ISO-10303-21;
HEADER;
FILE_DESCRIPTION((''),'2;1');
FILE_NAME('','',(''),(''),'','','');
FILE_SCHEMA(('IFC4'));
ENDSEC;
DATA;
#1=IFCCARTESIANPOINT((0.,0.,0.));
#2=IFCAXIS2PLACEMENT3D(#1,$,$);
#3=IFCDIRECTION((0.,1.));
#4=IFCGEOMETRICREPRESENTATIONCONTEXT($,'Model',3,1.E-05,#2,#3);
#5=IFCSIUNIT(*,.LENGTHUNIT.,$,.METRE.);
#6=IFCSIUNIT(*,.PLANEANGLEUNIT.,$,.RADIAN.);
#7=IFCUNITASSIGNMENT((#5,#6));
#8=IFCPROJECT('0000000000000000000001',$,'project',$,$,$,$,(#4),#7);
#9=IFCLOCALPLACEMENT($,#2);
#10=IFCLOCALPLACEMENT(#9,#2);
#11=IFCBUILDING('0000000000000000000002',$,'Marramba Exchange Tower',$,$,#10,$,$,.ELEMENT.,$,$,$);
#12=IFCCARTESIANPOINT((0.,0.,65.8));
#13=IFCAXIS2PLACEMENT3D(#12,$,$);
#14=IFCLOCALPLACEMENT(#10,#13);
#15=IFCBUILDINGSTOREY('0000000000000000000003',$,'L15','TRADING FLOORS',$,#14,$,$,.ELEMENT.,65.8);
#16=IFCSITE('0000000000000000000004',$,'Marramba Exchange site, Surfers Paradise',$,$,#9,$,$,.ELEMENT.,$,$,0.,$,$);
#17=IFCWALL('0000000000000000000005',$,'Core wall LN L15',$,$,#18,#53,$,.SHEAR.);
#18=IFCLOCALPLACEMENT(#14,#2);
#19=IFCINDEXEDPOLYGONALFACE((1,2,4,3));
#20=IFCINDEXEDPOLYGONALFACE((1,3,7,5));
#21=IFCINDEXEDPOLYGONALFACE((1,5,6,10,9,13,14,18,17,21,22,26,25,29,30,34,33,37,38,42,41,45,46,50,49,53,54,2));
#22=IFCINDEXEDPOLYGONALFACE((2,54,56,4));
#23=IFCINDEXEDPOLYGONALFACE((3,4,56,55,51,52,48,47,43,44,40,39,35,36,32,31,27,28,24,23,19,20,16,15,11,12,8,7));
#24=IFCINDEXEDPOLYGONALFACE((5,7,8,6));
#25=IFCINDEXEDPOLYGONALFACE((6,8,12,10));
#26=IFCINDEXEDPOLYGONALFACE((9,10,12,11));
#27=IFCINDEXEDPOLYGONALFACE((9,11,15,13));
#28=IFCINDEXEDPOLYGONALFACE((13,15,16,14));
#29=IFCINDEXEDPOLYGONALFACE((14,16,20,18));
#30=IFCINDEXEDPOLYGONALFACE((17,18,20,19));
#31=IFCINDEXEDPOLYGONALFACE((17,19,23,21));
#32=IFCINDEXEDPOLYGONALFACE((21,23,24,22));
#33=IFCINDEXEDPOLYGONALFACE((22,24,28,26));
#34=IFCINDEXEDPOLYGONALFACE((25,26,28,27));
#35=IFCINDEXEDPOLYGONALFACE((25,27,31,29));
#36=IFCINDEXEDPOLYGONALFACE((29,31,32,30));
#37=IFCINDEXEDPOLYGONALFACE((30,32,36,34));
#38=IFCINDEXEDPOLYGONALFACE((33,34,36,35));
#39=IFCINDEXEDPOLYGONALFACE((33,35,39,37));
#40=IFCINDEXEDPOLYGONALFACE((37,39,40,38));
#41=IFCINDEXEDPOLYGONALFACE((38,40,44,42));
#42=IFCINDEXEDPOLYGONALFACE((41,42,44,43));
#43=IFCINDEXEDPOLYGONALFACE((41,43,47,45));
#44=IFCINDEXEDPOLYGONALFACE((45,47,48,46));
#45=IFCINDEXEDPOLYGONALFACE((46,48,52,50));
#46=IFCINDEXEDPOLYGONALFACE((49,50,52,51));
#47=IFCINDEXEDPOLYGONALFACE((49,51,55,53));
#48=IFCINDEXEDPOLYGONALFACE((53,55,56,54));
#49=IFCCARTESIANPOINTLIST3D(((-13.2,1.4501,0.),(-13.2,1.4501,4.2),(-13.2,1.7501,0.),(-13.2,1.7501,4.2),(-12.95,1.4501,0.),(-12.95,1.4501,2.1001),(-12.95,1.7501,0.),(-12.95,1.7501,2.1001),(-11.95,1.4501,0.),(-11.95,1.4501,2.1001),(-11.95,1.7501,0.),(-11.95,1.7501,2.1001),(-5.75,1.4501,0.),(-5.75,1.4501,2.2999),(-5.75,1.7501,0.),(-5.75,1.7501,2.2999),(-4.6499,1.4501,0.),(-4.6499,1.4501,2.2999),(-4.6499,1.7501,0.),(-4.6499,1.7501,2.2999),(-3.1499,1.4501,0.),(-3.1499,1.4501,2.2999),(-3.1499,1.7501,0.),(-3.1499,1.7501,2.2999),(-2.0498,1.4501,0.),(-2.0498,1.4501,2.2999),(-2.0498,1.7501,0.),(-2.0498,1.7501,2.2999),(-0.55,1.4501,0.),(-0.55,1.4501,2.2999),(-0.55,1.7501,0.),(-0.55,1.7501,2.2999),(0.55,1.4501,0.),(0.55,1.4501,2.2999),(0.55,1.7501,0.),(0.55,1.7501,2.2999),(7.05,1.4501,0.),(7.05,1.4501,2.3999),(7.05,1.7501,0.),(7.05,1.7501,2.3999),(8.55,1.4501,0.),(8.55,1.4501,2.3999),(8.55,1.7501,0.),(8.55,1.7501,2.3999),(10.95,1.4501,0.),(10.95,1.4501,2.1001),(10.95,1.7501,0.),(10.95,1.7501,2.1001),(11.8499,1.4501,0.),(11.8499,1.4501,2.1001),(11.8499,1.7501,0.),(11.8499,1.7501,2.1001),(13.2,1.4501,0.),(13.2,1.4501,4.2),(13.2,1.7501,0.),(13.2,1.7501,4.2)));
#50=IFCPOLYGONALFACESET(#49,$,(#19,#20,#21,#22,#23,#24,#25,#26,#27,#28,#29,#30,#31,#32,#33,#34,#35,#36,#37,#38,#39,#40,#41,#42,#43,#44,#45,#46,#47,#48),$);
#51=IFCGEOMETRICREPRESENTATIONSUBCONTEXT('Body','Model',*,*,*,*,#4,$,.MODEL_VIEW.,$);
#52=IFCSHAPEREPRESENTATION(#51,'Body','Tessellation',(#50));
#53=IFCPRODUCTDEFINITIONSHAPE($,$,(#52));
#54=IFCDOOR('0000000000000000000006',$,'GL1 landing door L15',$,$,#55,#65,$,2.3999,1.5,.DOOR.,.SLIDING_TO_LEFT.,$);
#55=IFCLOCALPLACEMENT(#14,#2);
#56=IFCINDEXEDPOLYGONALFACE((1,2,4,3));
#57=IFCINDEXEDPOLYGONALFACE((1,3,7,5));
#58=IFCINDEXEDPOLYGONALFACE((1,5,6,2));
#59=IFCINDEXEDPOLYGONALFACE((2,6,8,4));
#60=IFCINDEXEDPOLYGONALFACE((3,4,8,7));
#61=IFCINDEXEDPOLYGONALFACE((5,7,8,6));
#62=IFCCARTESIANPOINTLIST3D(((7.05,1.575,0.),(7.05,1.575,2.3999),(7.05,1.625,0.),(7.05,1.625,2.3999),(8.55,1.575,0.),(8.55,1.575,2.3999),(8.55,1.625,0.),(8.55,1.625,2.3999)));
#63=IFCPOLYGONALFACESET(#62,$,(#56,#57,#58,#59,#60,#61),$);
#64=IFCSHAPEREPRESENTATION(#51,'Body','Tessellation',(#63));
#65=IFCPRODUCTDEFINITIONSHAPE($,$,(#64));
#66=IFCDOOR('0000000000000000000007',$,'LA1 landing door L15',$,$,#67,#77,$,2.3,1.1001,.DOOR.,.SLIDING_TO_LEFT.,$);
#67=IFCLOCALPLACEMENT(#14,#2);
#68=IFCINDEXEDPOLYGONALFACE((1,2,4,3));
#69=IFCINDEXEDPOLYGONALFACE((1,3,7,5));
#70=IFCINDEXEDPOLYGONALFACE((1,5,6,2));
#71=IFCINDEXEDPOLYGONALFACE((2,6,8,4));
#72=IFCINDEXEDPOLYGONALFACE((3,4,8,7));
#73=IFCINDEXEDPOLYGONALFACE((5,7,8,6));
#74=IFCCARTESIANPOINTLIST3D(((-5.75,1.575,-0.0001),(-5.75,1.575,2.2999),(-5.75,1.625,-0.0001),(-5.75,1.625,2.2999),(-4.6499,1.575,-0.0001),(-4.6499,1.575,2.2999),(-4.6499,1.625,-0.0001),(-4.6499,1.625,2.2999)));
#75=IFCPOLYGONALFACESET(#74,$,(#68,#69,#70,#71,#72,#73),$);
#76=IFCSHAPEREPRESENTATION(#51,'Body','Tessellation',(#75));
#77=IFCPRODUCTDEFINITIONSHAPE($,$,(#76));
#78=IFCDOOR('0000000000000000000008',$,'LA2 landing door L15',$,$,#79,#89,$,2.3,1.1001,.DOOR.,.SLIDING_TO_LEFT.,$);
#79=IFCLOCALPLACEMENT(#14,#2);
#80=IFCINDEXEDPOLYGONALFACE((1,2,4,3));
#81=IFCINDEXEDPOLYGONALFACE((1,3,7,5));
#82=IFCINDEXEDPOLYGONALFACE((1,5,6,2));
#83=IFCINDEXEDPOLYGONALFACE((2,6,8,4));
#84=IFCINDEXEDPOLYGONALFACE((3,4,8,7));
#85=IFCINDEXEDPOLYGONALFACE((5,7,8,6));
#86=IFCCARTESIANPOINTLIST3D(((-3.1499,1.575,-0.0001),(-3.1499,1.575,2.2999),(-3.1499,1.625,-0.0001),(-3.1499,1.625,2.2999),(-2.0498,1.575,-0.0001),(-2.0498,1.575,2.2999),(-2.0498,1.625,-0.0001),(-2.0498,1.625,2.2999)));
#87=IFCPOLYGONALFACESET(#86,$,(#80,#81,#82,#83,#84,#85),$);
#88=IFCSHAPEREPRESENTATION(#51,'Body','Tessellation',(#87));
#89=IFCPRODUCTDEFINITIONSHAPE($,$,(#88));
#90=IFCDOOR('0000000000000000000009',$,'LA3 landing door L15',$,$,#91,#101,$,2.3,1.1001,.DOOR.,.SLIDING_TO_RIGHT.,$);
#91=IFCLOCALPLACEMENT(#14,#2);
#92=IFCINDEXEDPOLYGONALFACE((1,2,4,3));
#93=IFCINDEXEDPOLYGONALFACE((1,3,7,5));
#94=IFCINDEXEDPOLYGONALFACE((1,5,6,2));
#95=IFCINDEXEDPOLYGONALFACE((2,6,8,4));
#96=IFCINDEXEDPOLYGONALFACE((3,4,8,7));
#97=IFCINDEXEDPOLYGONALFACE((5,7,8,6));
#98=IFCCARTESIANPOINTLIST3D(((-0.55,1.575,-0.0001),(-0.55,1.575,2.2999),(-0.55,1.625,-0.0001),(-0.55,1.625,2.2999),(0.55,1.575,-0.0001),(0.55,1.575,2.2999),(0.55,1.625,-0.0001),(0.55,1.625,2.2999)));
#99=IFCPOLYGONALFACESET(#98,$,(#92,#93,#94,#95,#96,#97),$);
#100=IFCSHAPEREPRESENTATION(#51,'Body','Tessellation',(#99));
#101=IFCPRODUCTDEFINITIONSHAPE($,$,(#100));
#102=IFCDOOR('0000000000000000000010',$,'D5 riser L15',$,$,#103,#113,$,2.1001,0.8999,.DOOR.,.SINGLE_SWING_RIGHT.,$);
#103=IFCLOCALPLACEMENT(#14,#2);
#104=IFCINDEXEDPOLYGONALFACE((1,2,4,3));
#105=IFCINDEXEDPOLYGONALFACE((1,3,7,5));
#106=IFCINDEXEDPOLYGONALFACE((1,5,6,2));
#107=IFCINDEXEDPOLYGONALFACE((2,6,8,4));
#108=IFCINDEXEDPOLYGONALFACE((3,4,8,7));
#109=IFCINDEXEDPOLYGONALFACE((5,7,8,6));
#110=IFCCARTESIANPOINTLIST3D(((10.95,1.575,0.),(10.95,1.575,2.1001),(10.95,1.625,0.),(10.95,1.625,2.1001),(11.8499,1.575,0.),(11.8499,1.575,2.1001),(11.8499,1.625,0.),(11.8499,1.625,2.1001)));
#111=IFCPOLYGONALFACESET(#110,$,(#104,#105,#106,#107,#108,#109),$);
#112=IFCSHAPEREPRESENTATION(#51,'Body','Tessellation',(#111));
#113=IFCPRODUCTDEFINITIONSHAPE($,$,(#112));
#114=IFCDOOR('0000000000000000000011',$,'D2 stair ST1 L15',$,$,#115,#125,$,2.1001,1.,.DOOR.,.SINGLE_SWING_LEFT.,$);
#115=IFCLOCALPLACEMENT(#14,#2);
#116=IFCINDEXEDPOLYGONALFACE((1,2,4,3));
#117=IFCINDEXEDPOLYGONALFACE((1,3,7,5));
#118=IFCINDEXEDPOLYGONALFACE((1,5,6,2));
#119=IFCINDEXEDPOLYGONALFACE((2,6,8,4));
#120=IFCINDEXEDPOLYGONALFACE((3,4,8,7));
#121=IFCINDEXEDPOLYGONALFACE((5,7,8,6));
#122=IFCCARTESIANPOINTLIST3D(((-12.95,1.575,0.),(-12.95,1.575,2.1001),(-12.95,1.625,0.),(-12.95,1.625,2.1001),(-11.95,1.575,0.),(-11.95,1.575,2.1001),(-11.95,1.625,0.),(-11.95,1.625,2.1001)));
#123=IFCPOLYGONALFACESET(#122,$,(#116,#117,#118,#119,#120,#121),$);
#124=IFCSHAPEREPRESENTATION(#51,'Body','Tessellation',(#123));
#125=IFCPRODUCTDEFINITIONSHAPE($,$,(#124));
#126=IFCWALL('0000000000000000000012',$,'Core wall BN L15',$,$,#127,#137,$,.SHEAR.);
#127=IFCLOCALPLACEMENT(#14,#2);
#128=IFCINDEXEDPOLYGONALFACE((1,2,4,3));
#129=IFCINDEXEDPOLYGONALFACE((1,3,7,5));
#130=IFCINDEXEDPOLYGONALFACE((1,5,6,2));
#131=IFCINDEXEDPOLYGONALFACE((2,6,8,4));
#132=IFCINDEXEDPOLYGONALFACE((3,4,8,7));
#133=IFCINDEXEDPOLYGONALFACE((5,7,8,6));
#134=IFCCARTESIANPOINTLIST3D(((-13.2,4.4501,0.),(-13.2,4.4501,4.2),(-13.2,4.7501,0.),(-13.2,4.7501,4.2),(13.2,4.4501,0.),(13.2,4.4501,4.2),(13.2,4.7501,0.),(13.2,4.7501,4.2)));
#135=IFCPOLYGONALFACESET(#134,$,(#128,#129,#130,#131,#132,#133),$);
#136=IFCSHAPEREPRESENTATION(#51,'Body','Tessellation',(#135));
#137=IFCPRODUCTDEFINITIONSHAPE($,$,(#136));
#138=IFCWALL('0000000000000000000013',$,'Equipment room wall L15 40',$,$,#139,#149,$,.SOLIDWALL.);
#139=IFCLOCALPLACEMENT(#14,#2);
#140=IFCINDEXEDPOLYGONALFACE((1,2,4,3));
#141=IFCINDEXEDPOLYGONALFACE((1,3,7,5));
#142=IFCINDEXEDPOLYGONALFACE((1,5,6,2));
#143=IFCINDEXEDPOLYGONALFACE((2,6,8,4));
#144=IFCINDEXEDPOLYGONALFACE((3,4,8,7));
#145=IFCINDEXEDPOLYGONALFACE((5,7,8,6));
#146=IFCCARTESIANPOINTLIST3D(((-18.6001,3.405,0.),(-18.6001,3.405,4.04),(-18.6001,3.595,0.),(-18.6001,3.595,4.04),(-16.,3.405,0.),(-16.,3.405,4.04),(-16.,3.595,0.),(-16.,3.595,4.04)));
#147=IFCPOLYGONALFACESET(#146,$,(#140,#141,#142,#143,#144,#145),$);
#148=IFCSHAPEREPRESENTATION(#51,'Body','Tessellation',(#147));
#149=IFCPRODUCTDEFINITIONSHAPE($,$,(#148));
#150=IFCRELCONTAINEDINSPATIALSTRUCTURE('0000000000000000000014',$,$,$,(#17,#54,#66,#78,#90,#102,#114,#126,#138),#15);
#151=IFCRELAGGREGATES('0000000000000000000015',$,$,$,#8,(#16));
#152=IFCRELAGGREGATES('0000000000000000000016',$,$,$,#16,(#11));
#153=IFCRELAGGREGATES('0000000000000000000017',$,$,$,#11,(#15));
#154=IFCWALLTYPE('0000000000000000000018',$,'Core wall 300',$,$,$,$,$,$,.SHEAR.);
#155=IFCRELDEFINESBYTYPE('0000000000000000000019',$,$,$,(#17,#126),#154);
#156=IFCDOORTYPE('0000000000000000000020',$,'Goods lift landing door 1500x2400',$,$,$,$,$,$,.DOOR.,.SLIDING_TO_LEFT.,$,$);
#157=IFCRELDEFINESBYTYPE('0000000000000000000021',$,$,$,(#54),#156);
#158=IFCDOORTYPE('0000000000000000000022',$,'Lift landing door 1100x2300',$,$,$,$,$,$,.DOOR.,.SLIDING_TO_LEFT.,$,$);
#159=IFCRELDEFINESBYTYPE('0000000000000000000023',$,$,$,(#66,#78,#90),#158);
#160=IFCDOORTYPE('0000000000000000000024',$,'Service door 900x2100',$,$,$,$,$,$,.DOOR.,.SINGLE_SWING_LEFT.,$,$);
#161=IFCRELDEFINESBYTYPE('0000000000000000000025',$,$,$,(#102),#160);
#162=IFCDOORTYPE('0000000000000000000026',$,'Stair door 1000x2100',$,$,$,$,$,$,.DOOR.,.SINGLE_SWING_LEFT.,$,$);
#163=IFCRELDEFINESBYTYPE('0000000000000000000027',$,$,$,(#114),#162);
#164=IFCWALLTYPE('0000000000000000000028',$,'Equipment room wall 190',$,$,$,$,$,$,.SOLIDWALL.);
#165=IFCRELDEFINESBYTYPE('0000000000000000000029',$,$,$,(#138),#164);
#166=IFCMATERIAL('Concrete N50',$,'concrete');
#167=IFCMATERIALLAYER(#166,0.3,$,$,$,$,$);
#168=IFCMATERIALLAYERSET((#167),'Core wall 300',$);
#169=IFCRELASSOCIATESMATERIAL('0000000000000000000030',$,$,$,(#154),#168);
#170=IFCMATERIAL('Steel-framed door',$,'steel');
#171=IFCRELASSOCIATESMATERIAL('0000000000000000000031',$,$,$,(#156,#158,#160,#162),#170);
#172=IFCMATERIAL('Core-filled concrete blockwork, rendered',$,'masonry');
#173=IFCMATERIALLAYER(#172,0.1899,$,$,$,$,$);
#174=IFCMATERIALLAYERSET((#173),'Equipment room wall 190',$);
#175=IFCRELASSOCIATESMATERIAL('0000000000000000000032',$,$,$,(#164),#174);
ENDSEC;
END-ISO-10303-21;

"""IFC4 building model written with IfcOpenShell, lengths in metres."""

from ifc_helpers import new_model, si_unit, direction, frame, frame_2d, origin, place, context, subcontext, project, spatial, rectangle, extrude, material, layer, layer_set, type_object, element, fill, save


model = new_model("IFC4")

# Units and contexts
model_context = context("Model", 3, precision=1e-05, world=origin(), true_north=direction((0.0, 1.0)))
body_context = subcontext(model_context, "Body", "Model", "MODEL_VIEW")
ifc_project = project(units=[si_unit("LENGTHUNIT", "METRE"), si_unit("PLANEANGLEUNIT", "RADIAN")], contexts=[model_context])

# Site, building, storey
site_placement = place(None, origin())
site = spatial("IfcSite", under=ifc_project, at=site_placement, Name="Marramba Exchange site, Surfers Paradise", CompositionType="ELEMENT", RefElevation=0.0)
building_placement = place(site_placement, origin())
building = spatial("IfcBuilding", under=site, at=building_placement, Name="Marramba Exchange Tower", CompositionType="ELEMENT")
storey_placement = place(building_placement, frame((0.0, 0.0, 65.8)))
storey = spatial("IfcBuildingStorey", under=building, at=storey_placement, Name="L15", Description="TRADING FLOORS", CompositionType="ELEMENT", Elevation=65.8)

# Shared definitions
ifc_material_1 = material(Name="Concrete N50", Category="concrete")
ifc_material_2 = material(Name="Steel-framed door", Category="steel")

# Wall, openings, doors
ifc_layer_1 = layer(ifc_material_1, 0.3)
ifc_layer_set_1 = layer_set([ifc_layer_1], Name="Core wall 300")
wall_type_1 = type_object("IfcWallType", Name="Core wall 300", PredefinedType="SHEAR", material=ifc_layer_set_1)
wall_1_placement = place(storey_placement, frame((-13.2, 1.6001, 0.0), z_axis=(0.0, 0.0, 1.0), x_axis=(1.0, 0.0, 0.0)))
wall_1 = element("IfcWall", 1, at=wall_1_placement, inside=storey, type_object=wall_type_1, Name="Core wall LN L15", PredefinedType="SHEAR", context=body_context, shape_type="SweptSolid", body=[
    extrude(rectangle(XDim=26.3999, YDim=0.3, at=frame_2d((13.2, 0.0))), origin(), (0.0, 0.0, 1.0), 4.2),
])
opening_1_placement = place(wall_1_placement, frame((0.25, 0.0, 0.0)))
opening_1 = element("IfcOpeningElement", 2, at=opening_1_placement, cuts=wall_1, PredefinedType="OPENING", context=body_context, shape_type="SweptSolid", body=[
    extrude(rectangle(XDim=1.0, YDim=2.1001, at=frame_2d((0.5, 1.05))), frame((0.0, 0.1599, 0.0), z_axis=(0.0, -1.0, 0.0), x_axis=(1.0, 0.0, 0.0)), (0.0, 0.0, 1.0), 0.3201),
])
opening_2_placement = place(wall_1_placement, frame((20.25, 0.0, 0.0)))
opening_2 = element("IfcOpeningElement", 3, at=opening_2_placement, cuts=wall_1, PredefinedType="OPENING", context=body_context, shape_type="SweptSolid", body=[
    extrude(rectangle(XDim=1.5, YDim=2.3999, at=frame_2d((0.75, 1.2))), frame((0.0, 0.1599, 0.0), z_axis=(0.0, -1.0, 0.0), x_axis=(1.0, 0.0, 0.0)), (0.0, 0.0, 1.0), 0.3201),
])
opening_3_placement = place(wall_1_placement, frame((7.45, 0.0, 0.0)))
opening_3 = element("IfcOpeningElement", 4, at=opening_3_placement, cuts=wall_1, PredefinedType="OPENING", context=body_context, shape_type="SweptSolid", body=[
    extrude(rectangle(XDim=1.1001, YDim=2.3, at=frame_2d((0.55, 1.1499))), frame((0.0, 0.1599, 0.0), z_axis=(0.0, -1.0, 0.0), x_axis=(1.0, 0.0, 0.0)), (0.0, 0.0, 1.0), 0.3201),
])
opening_4_placement = place(wall_1_placement, frame((10.05, 0.0, 0.0)))
opening_4 = element("IfcOpeningElement", 5, at=opening_4_placement, cuts=wall_1, PredefinedType="OPENING", context=body_context, shape_type="SweptSolid", body=[
    extrude(rectangle(XDim=1.1001, YDim=2.3, at=frame_2d((0.55, 1.1499))), frame((0.0, 0.1599, 0.0), z_axis=(0.0, -1.0, 0.0), x_axis=(1.0, 0.0, 0.0)), (0.0, 0.0, 1.0), 0.3201),
])
opening_5_placement = place(wall_1_placement, frame((12.6499, 0.0, 0.0)))
opening_5 = element("IfcOpeningElement", 6, at=opening_5_placement, cuts=wall_1, PredefinedType="OPENING", context=body_context, shape_type="SweptSolid", body=[
    extrude(rectangle(XDim=1.1001, YDim=2.3, at=frame_2d((0.55, 1.1499))), frame((0.0, 0.1599, 0.0), z_axis=(0.0, -1.0, 0.0), x_axis=(1.0, 0.0, 0.0)), (0.0, 0.0, 1.0), 0.3201),
])
opening_6_placement = place(wall_1_placement, frame((24.1499, 0.0, 0.0)))
opening_6 = element("IfcOpeningElement", 7, at=opening_6_placement, cuts=wall_1, PredefinedType="OPENING", context=body_context, shape_type="SweptSolid", body=[
    extrude(rectangle(XDim=0.8999, YDim=2.1001, at=frame_2d((0.45, 1.05))), frame((0.0, 0.1599, 0.0), z_axis=(0.0, -1.0, 0.0), x_axis=(1.0, 0.0, 0.0)), (0.0, 0.0, 1.0), 0.3201),
])
door_type_1 = type_object("IfcDoorType", Name="Goods lift landing door 1500x2400", OperationType="SLIDING_TO_LEFT", PredefinedType="DOOR", material=ifc_material_2)
door_1_placement = place(opening_2_placement, origin())
door_1 = element("IfcDoor", 8, at=door_1_placement, inside=storey, type_object=door_type_1, Name="GL1 landing door L15", OperationType="SLIDING_TO_LEFT", OverallHeight=2.3999, OverallWidth=1.5, PredefinedType="DOOR", context=body_context, shape_type="SweptSolid", body=[
    extrude(rectangle(XDim=1.5, YDim=2.3999, at=frame_2d((0.75, 1.2))), frame((0.0, 0.0249, 0.0), z_axis=(0.0, -1.0, 0.0), x_axis=(1.0, 0.0, 0.0)), (0.0, 0.0, 1.0), 0.05),
])
fill(opening_2, door_1)
door_type_2 = type_object("IfcDoorType", Name="Lift landing door 1100x2300", OperationType="SLIDING_TO_LEFT", PredefinedType="DOOR", material=ifc_material_2)
door_2_placement = place(opening_3_placement, origin())
door_2 = element("IfcDoor", 9, at=door_2_placement, inside=storey, type_object=door_type_2, Name="LA1 landing door L15", OperationType="SLIDING_TO_LEFT", OverallHeight=2.3, OverallWidth=1.1001, PredefinedType="DOOR", context=body_context, shape_type="SweptSolid", body=[
    extrude(rectangle(XDim=1.1001, YDim=2.3, at=frame_2d((0.55, 1.1499))), frame((0.0, 0.0249, 0.0), z_axis=(0.0, -1.0, 0.0), x_axis=(1.0, 0.0, 0.0)), (0.0, 0.0, 1.0), 0.05),
])
fill(opening_3, door_2)
door_3_placement = place(opening_4_placement, origin())
door_3 = element("IfcDoor", 10, at=door_3_placement, inside=storey, type_object=door_type_2, Name="LA2 landing door L15", OperationType="SLIDING_TO_LEFT", OverallHeight=2.3, OverallWidth=1.1001, PredefinedType="DOOR", context=body_context, shape_type="SweptSolid", body=[
    extrude(rectangle(XDim=1.1001, YDim=2.3, at=frame_2d((0.55, 1.1499))), frame((0.0, 0.0249, 0.0), z_axis=(0.0, -1.0, 0.0), x_axis=(1.0, 0.0, 0.0)), (0.0, 0.0, 1.0), 0.05),
])
fill(opening_4, door_3)
door_4_placement = place(opening_5_placement, origin())
door_4 = element("IfcDoor", 11, at=door_4_placement, inside=storey, type_object=door_type_2, Name="LA3 landing door L15", OperationType="SLIDING_TO_RIGHT", OverallHeight=2.3, OverallWidth=1.1001, PredefinedType="DOOR", context=body_context, shape_type="SweptSolid", body=[
    extrude(rectangle(XDim=1.1001, YDim=2.3, at=frame_2d((0.55, 1.1499))), frame((0.0, 0.0249, 0.0), z_axis=(0.0, -1.0, 0.0), x_axis=(1.0, 0.0, 0.0)), (0.0, 0.0, 1.0), 0.05),
])
fill(opening_5, door_4)
door_type_3 = type_object("IfcDoorType", Name="Service door 900x2100", OperationType="SINGLE_SWING_LEFT", PredefinedType="DOOR", material=ifc_material_2)
door_5_placement = place(opening_6_placement, origin())
door_5 = element("IfcDoor", 12, at=door_5_placement, inside=storey, type_object=door_type_3, Name="D5 riser L15", OperationType="SINGLE_SWING_RIGHT", OverallHeight=2.1001, OverallWidth=0.8999, PredefinedType="DOOR", context=body_context, shape_type="SweptSolid", body=[
    extrude(rectangle(XDim=0.8999, YDim=2.1001, at=frame_2d((0.45, 1.05))), frame((0.0, 0.0249, 0.0), z_axis=(0.0, -1.0, 0.0), x_axis=(1.0, 0.0, 0.0)), (0.0, 0.0, 1.0), 0.05),
])
fill(opening_6, door_5)
door_type_4 = type_object("IfcDoorType", Name="Stair door 1000x2100", OperationType="SINGLE_SWING_LEFT", PredefinedType="DOOR", material=ifc_material_2)
door_6_placement = place(opening_1_placement, origin())
door_6 = element("IfcDoor", 13, at=door_6_placement, inside=storey, type_object=door_type_4, Name="D2 stair ST1 L15", OperationType="SINGLE_SWING_LEFT", OverallHeight=2.1001, OverallWidth=1.0, PredefinedType="DOOR", context=body_context, shape_type="SweptSolid", body=[
    extrude(rectangle(XDim=1.0, YDim=2.1001, at=frame_2d((0.5, 1.05))), frame((0.0, 0.0249, 0.0), z_axis=(0.0, -1.0, 0.0), x_axis=(1.0, 0.0, 0.0)), (0.0, 0.0, 1.0), 0.05),
])
fill(opening_1, door_6)

# Walls
wall_2_placement = place(storey_placement, frame((-13.2, 4.6001, 0.0), z_axis=(0.0, 0.0, 1.0), x_axis=(1.0, 0.0, 0.0)))
element("IfcWall", 14, at=wall_2_placement, inside=storey, type_object=wall_type_1, Name="Core wall BN L15", PredefinedType="SHEAR", context=body_context, shape_type="SweptSolid", body=[
    extrude(rectangle(XDim=26.3999, YDim=0.3, at=frame_2d((13.2, 0.0))), origin(), (0.0, 0.0, 1.0), 4.2),
])
ifc_material_3 = material(Name="Core-filled concrete blockwork, rendered", Category="masonry")
ifc_layer_2 = layer(ifc_material_3, 0.1899)
ifc_layer_set_2 = layer_set([ifc_layer_2], Name="Equipment room wall 190")
wall_type_2 = type_object("IfcWallType", Name="Equipment room wall 190", PredefinedType="SOLIDWALL", material=ifc_layer_set_2)
wall_3_placement = place(storey_placement, frame((-16.0, 3.5, 0.0), z_axis=(0.0, 0.0, 1.0), x_axis=(-1.0, 0.0, 0.0)))
element("IfcWall", 15, at=wall_3_placement, inside=storey, type_object=wall_type_2, Name="Equipment room wall L15 40", PredefinedType="SOLIDWALL", context=body_context, shape_type="SweptSolid", body=[
    extrude(rectangle(XDim=2.6001, YDim=0.1899, at=frame_2d((1.3, 0.0))), origin(), (0.0, 0.0, 1.0), 4.04),
])

save(model, "model.ifc")
